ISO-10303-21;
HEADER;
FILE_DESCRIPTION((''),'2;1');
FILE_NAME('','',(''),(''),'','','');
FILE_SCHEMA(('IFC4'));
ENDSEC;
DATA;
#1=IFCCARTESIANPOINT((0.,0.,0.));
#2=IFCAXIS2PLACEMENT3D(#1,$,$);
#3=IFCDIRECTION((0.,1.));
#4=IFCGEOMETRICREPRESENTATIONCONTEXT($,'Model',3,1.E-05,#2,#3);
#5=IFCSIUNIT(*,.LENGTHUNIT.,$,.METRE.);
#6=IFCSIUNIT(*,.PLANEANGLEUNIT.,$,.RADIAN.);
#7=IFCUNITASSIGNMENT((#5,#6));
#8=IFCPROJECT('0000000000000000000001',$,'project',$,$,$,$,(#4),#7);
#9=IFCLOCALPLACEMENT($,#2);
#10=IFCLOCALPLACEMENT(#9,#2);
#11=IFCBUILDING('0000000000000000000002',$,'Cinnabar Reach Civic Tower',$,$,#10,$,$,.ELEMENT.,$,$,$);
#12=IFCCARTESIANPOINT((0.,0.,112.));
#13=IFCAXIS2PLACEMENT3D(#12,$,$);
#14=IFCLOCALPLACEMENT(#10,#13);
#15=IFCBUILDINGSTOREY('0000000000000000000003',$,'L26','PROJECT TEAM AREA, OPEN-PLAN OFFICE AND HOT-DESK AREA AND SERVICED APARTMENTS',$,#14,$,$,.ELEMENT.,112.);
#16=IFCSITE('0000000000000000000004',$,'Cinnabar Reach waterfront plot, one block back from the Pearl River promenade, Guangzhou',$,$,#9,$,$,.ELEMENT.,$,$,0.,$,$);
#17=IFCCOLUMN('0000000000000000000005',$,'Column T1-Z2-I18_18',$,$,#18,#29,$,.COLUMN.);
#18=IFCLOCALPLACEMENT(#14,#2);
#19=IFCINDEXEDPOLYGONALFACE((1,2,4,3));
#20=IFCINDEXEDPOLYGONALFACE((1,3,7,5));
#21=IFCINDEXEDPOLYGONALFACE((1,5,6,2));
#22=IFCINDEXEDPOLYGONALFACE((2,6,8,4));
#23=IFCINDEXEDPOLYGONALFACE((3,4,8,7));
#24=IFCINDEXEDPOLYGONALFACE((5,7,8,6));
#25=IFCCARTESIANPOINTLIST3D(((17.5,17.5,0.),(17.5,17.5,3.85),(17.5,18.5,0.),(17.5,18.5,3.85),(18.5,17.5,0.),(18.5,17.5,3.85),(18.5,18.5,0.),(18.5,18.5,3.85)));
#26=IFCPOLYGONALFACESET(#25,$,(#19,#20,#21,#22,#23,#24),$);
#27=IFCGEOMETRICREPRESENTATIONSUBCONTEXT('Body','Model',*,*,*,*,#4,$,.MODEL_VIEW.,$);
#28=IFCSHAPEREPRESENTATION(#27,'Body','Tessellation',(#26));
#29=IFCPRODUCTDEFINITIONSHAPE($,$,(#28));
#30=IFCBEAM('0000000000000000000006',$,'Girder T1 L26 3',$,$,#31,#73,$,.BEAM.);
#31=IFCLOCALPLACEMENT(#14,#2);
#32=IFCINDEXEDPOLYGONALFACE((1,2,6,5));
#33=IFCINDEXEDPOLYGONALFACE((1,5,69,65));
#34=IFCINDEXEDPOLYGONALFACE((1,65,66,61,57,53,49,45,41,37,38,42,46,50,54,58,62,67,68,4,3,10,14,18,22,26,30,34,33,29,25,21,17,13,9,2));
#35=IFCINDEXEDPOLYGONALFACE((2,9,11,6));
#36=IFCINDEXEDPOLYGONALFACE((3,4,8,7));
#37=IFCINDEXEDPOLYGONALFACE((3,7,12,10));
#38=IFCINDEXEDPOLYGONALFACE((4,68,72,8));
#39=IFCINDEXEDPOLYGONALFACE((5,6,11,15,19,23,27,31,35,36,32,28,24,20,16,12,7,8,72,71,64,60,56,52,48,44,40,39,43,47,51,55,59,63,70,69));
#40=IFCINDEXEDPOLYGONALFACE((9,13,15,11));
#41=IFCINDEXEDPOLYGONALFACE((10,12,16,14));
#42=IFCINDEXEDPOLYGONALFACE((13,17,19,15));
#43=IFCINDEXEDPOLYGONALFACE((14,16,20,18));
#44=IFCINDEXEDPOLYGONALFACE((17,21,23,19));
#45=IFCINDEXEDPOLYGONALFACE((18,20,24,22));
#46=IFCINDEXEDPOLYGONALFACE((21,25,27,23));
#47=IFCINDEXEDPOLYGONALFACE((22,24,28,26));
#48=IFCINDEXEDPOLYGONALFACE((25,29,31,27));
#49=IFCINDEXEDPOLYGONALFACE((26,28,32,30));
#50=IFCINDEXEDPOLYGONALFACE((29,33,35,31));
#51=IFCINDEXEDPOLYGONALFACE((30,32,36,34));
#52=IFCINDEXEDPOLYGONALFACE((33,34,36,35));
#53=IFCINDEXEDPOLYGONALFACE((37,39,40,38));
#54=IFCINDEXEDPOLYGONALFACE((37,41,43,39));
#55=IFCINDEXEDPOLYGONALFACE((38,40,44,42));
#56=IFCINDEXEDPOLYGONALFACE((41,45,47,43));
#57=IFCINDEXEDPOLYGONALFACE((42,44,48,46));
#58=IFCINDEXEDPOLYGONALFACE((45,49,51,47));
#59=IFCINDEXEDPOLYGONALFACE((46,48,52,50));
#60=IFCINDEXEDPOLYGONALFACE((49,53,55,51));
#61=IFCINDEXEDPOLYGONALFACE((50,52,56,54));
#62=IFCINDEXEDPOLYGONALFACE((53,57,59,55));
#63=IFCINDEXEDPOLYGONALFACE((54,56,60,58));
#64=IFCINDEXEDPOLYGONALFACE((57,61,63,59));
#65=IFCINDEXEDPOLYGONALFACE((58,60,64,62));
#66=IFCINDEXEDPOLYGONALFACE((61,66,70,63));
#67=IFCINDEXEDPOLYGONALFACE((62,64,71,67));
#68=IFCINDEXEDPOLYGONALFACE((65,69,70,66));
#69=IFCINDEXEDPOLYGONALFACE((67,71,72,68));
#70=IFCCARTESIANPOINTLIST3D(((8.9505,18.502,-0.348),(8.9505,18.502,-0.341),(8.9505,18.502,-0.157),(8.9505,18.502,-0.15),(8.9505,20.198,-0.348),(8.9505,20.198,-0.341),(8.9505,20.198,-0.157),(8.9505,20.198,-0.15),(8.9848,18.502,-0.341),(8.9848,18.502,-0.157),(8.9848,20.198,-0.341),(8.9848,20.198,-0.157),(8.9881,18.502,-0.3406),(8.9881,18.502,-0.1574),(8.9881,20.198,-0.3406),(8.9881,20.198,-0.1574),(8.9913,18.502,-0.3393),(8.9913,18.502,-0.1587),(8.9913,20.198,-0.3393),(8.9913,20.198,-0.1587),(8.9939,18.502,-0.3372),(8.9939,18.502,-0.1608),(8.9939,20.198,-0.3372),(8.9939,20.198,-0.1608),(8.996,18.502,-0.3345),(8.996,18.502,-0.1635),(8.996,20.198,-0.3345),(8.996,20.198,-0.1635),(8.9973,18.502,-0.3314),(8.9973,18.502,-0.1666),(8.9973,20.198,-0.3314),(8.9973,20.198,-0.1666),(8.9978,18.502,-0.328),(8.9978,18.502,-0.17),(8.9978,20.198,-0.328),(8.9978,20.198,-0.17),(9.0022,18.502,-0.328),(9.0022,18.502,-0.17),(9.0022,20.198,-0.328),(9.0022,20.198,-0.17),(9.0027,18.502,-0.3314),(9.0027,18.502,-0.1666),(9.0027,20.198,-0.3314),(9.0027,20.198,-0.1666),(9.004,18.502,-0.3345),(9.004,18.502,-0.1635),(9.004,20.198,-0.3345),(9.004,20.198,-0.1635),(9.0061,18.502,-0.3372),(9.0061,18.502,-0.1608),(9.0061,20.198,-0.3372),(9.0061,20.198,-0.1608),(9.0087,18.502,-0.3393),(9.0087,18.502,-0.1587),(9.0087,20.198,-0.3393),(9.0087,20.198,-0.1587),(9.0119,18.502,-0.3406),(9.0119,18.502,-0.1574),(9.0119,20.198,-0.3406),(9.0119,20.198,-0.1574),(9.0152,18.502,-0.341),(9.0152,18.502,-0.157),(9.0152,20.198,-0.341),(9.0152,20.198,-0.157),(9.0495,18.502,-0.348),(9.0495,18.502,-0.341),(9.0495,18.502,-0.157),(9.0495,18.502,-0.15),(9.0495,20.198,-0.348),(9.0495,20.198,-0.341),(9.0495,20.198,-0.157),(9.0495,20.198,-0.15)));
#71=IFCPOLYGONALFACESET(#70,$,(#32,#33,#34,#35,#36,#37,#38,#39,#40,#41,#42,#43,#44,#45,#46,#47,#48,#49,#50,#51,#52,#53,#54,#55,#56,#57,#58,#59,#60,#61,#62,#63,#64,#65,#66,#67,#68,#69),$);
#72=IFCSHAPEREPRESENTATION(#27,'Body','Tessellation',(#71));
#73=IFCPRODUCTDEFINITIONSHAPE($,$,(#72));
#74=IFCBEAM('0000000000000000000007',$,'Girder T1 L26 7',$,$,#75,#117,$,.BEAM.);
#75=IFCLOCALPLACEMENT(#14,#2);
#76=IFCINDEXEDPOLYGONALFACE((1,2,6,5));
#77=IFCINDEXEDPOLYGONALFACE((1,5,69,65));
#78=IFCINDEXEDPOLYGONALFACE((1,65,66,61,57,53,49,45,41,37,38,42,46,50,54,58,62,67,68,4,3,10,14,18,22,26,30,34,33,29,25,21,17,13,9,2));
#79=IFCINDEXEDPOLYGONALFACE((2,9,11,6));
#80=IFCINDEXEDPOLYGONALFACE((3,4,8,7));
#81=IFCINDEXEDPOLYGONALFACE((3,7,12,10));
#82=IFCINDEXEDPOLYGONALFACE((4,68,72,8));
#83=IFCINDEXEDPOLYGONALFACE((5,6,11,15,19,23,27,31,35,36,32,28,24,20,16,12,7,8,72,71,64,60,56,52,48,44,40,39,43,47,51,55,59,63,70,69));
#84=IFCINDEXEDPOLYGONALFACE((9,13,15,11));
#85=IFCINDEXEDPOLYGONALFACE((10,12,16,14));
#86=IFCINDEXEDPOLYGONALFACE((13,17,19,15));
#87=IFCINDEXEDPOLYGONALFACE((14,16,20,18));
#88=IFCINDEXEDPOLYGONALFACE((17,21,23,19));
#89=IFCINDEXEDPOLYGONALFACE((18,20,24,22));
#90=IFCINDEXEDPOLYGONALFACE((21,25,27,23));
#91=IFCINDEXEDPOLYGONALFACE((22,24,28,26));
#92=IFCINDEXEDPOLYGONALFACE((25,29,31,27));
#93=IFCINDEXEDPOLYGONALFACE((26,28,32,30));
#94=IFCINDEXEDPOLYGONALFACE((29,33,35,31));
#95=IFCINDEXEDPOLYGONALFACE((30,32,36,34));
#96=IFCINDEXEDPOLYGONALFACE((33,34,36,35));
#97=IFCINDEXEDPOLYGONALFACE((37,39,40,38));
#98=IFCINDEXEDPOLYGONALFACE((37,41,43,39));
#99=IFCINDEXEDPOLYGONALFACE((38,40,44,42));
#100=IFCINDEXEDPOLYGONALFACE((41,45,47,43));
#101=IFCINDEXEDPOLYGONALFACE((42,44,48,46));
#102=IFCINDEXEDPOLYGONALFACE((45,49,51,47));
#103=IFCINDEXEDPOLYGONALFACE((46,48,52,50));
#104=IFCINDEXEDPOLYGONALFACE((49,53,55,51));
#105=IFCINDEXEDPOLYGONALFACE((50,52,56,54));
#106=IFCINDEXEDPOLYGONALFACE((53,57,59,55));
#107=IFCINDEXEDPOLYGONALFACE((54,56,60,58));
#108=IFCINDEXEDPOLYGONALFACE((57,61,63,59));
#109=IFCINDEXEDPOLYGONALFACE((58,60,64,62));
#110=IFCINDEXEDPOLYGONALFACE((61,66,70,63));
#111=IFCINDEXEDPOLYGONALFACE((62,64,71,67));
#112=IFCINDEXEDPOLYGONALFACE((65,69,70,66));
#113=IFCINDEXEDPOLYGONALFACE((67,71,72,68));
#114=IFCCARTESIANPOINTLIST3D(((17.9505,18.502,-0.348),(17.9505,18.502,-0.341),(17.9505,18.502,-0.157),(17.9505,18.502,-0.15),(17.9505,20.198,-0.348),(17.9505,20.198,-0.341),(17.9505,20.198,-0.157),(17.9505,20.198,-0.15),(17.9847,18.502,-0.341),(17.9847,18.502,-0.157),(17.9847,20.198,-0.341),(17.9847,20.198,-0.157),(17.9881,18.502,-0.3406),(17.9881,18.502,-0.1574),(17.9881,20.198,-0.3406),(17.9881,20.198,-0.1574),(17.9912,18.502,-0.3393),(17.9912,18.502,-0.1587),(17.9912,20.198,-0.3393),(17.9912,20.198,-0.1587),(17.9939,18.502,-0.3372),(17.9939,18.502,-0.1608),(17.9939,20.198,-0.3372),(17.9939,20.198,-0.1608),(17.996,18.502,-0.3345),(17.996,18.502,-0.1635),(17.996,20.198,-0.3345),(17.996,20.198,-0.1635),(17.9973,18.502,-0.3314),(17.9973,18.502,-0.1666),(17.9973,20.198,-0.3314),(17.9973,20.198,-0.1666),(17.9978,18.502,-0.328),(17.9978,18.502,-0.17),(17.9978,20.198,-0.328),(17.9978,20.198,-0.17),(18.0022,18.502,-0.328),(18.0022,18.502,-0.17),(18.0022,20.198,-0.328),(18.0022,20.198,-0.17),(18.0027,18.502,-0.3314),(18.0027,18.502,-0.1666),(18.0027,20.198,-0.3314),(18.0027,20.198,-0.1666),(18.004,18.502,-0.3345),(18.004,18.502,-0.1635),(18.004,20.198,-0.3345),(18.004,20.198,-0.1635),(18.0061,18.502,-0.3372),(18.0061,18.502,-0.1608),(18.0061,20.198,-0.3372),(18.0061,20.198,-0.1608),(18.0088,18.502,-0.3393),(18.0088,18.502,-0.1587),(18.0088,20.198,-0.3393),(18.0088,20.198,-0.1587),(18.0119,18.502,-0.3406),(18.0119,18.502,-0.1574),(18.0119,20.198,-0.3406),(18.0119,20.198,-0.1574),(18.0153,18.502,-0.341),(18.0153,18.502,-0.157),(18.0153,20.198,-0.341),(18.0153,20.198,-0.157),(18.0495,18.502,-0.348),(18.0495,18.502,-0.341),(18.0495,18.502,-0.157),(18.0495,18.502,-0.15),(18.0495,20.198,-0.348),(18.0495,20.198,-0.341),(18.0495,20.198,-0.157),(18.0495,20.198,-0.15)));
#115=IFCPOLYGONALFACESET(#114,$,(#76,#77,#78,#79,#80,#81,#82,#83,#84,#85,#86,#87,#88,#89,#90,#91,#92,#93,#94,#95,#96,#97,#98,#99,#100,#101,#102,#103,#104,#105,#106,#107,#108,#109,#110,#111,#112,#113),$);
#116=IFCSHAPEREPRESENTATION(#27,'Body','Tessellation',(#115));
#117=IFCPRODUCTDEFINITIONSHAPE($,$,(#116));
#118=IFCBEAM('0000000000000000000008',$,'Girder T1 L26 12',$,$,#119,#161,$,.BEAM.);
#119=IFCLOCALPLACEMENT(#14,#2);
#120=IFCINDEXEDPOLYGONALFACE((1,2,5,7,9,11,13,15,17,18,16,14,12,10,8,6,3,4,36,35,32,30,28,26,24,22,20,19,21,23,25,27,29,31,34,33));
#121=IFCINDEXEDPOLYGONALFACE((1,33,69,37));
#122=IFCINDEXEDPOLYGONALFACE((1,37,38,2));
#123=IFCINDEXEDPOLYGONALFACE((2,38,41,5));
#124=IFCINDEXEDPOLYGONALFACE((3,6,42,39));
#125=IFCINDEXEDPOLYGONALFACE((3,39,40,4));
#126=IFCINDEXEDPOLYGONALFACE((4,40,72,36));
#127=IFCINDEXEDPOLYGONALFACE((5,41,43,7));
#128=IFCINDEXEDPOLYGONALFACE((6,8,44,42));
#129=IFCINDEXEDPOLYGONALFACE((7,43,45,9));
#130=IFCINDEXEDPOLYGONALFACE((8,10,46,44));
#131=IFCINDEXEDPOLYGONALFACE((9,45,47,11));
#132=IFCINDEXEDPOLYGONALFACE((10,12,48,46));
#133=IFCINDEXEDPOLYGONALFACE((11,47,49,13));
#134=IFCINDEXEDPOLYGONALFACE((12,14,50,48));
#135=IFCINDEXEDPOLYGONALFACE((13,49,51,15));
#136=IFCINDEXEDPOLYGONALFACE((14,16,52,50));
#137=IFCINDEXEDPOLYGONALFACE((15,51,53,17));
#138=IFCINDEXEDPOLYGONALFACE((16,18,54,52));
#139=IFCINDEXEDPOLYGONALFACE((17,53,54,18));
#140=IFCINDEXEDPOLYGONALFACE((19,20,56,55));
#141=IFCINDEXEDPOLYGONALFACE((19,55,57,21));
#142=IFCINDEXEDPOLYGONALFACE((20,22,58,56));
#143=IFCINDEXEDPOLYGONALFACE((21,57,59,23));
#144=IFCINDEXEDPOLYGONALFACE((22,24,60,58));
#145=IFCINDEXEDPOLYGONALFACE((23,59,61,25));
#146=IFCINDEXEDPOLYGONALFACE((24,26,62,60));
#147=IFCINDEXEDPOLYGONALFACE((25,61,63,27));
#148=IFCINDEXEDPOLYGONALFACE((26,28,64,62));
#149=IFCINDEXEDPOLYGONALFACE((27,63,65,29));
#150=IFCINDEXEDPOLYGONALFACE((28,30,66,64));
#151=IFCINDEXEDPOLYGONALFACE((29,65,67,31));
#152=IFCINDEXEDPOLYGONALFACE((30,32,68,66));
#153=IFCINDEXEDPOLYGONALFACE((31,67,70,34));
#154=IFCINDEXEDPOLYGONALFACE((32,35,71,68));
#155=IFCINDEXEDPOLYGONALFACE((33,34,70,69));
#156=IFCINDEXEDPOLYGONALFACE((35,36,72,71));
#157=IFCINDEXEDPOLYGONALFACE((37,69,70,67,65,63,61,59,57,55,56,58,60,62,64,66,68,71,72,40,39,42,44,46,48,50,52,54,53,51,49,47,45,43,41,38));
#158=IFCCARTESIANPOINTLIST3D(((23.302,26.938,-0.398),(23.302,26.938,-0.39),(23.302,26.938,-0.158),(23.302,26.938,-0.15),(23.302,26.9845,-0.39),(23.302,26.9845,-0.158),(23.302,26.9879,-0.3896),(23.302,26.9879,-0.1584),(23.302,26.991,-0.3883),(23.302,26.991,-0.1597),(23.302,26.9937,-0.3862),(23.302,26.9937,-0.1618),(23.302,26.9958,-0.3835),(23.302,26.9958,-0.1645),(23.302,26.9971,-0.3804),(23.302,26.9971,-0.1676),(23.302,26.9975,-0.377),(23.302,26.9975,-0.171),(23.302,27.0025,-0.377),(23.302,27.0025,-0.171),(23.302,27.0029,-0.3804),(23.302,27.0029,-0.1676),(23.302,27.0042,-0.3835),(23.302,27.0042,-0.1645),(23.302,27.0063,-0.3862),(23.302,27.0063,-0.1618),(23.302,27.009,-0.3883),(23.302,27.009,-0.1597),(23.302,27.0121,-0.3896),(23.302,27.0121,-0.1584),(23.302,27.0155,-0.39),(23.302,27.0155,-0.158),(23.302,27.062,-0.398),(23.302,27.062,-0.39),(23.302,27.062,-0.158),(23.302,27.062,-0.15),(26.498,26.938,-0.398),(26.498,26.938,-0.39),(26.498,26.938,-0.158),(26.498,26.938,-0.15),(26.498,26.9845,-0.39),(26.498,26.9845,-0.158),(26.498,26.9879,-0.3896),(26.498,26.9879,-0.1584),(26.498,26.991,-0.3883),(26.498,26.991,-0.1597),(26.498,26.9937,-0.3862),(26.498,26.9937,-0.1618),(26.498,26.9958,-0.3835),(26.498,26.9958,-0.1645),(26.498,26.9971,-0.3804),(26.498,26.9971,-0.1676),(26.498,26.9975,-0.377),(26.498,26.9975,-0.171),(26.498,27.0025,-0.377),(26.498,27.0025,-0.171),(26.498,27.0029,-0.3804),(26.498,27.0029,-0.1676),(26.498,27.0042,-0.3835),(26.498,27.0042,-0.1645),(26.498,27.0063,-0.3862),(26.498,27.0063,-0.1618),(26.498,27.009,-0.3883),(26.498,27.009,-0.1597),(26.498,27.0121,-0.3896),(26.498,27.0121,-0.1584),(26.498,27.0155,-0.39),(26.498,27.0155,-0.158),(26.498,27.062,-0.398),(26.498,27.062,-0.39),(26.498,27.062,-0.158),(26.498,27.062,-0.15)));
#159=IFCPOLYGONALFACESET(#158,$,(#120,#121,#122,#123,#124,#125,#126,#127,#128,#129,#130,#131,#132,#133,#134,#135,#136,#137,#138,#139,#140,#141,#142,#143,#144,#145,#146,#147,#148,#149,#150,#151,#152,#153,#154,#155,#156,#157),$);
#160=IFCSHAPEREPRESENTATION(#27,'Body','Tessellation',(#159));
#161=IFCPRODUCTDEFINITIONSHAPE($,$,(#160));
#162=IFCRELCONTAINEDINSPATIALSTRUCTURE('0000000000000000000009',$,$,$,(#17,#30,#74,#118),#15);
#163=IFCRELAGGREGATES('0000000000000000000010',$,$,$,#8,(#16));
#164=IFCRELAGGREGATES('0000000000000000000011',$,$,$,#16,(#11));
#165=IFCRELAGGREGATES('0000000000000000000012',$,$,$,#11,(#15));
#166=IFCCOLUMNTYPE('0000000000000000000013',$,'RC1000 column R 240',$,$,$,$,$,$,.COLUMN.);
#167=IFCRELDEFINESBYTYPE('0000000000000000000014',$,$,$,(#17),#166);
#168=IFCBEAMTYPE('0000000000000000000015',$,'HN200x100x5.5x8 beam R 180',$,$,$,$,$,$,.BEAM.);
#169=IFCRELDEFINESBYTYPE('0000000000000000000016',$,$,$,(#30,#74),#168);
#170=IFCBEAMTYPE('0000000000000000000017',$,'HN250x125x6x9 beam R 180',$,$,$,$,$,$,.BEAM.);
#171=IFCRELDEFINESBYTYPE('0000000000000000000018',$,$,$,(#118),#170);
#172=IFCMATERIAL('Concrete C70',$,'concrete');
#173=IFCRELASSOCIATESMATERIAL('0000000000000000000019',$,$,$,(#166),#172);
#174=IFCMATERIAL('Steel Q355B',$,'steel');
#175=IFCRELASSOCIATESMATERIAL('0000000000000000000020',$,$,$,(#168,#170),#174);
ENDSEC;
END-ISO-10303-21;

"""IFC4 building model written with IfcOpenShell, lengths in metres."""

from ifc_helpers import new_model, si_unit, direction, frame, origin, origin_2d, place, context, subcontext, project, spatial, rectangle, i_section, extrude, material, material_profile, profile_set, type_object, element, save


model = new_model("IFC4")

# Units and contexts
model_context = context("Model", 3, precision=1e-05, world=origin(), true_north=direction((0.0, 1.0)))
body_context = subcontext(model_context, "Body", "Model", "MODEL_VIEW")
ifc_project = project(units=[si_unit("LENGTHUNIT", "METRE"), si_unit("PLANEANGLEUNIT", "RADIAN")], contexts=[model_context])

# Site, building, storey
site_placement = place(None, origin())
site = spatial("IfcSite", under=ifc_project, at=site_placement, Name="Cinnabar Reach waterfront plot, one block back from the Pearl River promenade, Guangzhou", CompositionType="ELEMENT", RefElevation=0.0)
building_placement = place(site_placement, origin())
building = spatial("IfcBuilding", under=site, at=building_placement, Name="Cinnabar Reach Civic Tower", CompositionType="ELEMENT")
storey_placement = place(building_placement, frame((0.0, 0.0, 112.0)))
storey = spatial("IfcBuildingStorey", under=building, at=storey_placement, Name="L26", Description="PROJECT TEAM AREA, OPEN-PLAN OFFICE AND HOT-DESK AREA AND SERVICED APARTMENTS", CompositionType="ELEMENT", Elevation=112.0)

# Column
ifc_material_1 = material(Name="Concrete C70", Category="concrete")
ifc_material_profile_1 = material_profile(ifc_material_1, rectangle(XDim=1.0, YDim=1.0, at=origin_2d()), Name="RC1000")
ifc_profile_set_1 = profile_set([ifc_material_profile_1], Name="Concrete C70")
column_type = type_object("IfcColumnType", Name="RC1000 column R 240", PredefinedType="COLUMN", material=ifc_profile_set_1)
column_placement = place(storey_placement, frame((18.0, 18.0, 0.0), z_axis=(0.0, 0.0, 1.0), x_axis=(1.0, 0.0, 0.0)))
element("IfcColumn", 1, at=column_placement, inside=storey, type_object=column_type, Name="Column T1-Z2-I18_18", PredefinedType="COLUMN", context=body_context, shape_type="SweptSolid", body=[
    extrude(rectangle(XDim=1.0, YDim=1.0, at=origin_2d()), origin(), (0.0, 0.0, 1.0), 3.85),
])

# Beams
ifc_material_2 = material(Name="Steel Q355B", Category="steel")
ifc_material_profile_2 = material_profile(ifc_material_2, i_section(OverallWidth=0.099, OverallDepth=0.198, WebThickness=0.0045, FlangeThickness=0.007, FilletRadius=0.013, at=origin_2d()), Name="HN200x100x5.5x8")
ifc_profile_set_2 = profile_set([ifc_material_profile_2], Name="Steel Q355B")
beam_type_1 = type_object("IfcBeamType", Name="HN200x100x5.5x8 beam R 180", PredefinedType="BEAM", material=ifc_profile_set_2)
for number, where, z_axis, x_axis, name in (
    (2, (9.0, 18.502, -0.249), (0.0, 1.0, 0.0), (-1.0, 0.0, 0.0), "Girder T1 L26 3"),
    (3, (18.0, 18.502, -0.249), (0.0, 1.0, 0.0), (-1.0, 0.0, 0.0), "Girder T1 L26 7"),
):
    element("IfcBeam", number, at=place(storey_placement, frame(where, z_axis=z_axis, x_axis=x_axis)), inside=storey, type_object=beam_type_1, Name=name, PredefinedType="BEAM", context=body_context, shape_type="SweptSolid", body=[
        extrude(i_section(OverallWidth=0.099, OverallDepth=0.198, WebThickness=0.0045, FlangeThickness=0.007, FilletRadius=0.013, at=origin_2d()), origin(), (0.0, 0.0, 1.0), 1.696),
    ])
ifc_material_profile_3 = material_profile(ifc_material_2, i_section(OverallWidth=0.124, OverallDepth=0.248, WebThickness=0.005, FlangeThickness=0.008, FilletRadius=0.013, at=origin_2d()), Name="HN250x125x6x9")
ifc_profile_set_3 = profile_set([ifc_material_profile_3], Name="Steel Q355B")
beam_type_2 = type_object("IfcBeamType", Name="HN250x125x6x9 beam R 180", PredefinedType="BEAM", material=ifc_profile_set_3)
beam_1_placement = place(storey_placement, frame((23.302, 27.0, -0.274), z_axis=(1.0, 0.0, 0.0), x_axis=(0.0, 1.0, 0.0)))
element("IfcBeam", 4, at=beam_1_placement, inside=storey, type_object=beam_type_2, Name="Girder T1 L26 12", PredefinedType="BEAM", context=body_context, shape_type="SweptSolid", body=[
    extrude(i_section(OverallWidth=0.124, OverallDepth=0.248, WebThickness=0.005, FlangeThickness=0.008, FilletRadius=0.013, at=origin_2d()), origin(), (0.0, 0.0, 1.0), 3.196),
])

save(model, "model.ifc")
